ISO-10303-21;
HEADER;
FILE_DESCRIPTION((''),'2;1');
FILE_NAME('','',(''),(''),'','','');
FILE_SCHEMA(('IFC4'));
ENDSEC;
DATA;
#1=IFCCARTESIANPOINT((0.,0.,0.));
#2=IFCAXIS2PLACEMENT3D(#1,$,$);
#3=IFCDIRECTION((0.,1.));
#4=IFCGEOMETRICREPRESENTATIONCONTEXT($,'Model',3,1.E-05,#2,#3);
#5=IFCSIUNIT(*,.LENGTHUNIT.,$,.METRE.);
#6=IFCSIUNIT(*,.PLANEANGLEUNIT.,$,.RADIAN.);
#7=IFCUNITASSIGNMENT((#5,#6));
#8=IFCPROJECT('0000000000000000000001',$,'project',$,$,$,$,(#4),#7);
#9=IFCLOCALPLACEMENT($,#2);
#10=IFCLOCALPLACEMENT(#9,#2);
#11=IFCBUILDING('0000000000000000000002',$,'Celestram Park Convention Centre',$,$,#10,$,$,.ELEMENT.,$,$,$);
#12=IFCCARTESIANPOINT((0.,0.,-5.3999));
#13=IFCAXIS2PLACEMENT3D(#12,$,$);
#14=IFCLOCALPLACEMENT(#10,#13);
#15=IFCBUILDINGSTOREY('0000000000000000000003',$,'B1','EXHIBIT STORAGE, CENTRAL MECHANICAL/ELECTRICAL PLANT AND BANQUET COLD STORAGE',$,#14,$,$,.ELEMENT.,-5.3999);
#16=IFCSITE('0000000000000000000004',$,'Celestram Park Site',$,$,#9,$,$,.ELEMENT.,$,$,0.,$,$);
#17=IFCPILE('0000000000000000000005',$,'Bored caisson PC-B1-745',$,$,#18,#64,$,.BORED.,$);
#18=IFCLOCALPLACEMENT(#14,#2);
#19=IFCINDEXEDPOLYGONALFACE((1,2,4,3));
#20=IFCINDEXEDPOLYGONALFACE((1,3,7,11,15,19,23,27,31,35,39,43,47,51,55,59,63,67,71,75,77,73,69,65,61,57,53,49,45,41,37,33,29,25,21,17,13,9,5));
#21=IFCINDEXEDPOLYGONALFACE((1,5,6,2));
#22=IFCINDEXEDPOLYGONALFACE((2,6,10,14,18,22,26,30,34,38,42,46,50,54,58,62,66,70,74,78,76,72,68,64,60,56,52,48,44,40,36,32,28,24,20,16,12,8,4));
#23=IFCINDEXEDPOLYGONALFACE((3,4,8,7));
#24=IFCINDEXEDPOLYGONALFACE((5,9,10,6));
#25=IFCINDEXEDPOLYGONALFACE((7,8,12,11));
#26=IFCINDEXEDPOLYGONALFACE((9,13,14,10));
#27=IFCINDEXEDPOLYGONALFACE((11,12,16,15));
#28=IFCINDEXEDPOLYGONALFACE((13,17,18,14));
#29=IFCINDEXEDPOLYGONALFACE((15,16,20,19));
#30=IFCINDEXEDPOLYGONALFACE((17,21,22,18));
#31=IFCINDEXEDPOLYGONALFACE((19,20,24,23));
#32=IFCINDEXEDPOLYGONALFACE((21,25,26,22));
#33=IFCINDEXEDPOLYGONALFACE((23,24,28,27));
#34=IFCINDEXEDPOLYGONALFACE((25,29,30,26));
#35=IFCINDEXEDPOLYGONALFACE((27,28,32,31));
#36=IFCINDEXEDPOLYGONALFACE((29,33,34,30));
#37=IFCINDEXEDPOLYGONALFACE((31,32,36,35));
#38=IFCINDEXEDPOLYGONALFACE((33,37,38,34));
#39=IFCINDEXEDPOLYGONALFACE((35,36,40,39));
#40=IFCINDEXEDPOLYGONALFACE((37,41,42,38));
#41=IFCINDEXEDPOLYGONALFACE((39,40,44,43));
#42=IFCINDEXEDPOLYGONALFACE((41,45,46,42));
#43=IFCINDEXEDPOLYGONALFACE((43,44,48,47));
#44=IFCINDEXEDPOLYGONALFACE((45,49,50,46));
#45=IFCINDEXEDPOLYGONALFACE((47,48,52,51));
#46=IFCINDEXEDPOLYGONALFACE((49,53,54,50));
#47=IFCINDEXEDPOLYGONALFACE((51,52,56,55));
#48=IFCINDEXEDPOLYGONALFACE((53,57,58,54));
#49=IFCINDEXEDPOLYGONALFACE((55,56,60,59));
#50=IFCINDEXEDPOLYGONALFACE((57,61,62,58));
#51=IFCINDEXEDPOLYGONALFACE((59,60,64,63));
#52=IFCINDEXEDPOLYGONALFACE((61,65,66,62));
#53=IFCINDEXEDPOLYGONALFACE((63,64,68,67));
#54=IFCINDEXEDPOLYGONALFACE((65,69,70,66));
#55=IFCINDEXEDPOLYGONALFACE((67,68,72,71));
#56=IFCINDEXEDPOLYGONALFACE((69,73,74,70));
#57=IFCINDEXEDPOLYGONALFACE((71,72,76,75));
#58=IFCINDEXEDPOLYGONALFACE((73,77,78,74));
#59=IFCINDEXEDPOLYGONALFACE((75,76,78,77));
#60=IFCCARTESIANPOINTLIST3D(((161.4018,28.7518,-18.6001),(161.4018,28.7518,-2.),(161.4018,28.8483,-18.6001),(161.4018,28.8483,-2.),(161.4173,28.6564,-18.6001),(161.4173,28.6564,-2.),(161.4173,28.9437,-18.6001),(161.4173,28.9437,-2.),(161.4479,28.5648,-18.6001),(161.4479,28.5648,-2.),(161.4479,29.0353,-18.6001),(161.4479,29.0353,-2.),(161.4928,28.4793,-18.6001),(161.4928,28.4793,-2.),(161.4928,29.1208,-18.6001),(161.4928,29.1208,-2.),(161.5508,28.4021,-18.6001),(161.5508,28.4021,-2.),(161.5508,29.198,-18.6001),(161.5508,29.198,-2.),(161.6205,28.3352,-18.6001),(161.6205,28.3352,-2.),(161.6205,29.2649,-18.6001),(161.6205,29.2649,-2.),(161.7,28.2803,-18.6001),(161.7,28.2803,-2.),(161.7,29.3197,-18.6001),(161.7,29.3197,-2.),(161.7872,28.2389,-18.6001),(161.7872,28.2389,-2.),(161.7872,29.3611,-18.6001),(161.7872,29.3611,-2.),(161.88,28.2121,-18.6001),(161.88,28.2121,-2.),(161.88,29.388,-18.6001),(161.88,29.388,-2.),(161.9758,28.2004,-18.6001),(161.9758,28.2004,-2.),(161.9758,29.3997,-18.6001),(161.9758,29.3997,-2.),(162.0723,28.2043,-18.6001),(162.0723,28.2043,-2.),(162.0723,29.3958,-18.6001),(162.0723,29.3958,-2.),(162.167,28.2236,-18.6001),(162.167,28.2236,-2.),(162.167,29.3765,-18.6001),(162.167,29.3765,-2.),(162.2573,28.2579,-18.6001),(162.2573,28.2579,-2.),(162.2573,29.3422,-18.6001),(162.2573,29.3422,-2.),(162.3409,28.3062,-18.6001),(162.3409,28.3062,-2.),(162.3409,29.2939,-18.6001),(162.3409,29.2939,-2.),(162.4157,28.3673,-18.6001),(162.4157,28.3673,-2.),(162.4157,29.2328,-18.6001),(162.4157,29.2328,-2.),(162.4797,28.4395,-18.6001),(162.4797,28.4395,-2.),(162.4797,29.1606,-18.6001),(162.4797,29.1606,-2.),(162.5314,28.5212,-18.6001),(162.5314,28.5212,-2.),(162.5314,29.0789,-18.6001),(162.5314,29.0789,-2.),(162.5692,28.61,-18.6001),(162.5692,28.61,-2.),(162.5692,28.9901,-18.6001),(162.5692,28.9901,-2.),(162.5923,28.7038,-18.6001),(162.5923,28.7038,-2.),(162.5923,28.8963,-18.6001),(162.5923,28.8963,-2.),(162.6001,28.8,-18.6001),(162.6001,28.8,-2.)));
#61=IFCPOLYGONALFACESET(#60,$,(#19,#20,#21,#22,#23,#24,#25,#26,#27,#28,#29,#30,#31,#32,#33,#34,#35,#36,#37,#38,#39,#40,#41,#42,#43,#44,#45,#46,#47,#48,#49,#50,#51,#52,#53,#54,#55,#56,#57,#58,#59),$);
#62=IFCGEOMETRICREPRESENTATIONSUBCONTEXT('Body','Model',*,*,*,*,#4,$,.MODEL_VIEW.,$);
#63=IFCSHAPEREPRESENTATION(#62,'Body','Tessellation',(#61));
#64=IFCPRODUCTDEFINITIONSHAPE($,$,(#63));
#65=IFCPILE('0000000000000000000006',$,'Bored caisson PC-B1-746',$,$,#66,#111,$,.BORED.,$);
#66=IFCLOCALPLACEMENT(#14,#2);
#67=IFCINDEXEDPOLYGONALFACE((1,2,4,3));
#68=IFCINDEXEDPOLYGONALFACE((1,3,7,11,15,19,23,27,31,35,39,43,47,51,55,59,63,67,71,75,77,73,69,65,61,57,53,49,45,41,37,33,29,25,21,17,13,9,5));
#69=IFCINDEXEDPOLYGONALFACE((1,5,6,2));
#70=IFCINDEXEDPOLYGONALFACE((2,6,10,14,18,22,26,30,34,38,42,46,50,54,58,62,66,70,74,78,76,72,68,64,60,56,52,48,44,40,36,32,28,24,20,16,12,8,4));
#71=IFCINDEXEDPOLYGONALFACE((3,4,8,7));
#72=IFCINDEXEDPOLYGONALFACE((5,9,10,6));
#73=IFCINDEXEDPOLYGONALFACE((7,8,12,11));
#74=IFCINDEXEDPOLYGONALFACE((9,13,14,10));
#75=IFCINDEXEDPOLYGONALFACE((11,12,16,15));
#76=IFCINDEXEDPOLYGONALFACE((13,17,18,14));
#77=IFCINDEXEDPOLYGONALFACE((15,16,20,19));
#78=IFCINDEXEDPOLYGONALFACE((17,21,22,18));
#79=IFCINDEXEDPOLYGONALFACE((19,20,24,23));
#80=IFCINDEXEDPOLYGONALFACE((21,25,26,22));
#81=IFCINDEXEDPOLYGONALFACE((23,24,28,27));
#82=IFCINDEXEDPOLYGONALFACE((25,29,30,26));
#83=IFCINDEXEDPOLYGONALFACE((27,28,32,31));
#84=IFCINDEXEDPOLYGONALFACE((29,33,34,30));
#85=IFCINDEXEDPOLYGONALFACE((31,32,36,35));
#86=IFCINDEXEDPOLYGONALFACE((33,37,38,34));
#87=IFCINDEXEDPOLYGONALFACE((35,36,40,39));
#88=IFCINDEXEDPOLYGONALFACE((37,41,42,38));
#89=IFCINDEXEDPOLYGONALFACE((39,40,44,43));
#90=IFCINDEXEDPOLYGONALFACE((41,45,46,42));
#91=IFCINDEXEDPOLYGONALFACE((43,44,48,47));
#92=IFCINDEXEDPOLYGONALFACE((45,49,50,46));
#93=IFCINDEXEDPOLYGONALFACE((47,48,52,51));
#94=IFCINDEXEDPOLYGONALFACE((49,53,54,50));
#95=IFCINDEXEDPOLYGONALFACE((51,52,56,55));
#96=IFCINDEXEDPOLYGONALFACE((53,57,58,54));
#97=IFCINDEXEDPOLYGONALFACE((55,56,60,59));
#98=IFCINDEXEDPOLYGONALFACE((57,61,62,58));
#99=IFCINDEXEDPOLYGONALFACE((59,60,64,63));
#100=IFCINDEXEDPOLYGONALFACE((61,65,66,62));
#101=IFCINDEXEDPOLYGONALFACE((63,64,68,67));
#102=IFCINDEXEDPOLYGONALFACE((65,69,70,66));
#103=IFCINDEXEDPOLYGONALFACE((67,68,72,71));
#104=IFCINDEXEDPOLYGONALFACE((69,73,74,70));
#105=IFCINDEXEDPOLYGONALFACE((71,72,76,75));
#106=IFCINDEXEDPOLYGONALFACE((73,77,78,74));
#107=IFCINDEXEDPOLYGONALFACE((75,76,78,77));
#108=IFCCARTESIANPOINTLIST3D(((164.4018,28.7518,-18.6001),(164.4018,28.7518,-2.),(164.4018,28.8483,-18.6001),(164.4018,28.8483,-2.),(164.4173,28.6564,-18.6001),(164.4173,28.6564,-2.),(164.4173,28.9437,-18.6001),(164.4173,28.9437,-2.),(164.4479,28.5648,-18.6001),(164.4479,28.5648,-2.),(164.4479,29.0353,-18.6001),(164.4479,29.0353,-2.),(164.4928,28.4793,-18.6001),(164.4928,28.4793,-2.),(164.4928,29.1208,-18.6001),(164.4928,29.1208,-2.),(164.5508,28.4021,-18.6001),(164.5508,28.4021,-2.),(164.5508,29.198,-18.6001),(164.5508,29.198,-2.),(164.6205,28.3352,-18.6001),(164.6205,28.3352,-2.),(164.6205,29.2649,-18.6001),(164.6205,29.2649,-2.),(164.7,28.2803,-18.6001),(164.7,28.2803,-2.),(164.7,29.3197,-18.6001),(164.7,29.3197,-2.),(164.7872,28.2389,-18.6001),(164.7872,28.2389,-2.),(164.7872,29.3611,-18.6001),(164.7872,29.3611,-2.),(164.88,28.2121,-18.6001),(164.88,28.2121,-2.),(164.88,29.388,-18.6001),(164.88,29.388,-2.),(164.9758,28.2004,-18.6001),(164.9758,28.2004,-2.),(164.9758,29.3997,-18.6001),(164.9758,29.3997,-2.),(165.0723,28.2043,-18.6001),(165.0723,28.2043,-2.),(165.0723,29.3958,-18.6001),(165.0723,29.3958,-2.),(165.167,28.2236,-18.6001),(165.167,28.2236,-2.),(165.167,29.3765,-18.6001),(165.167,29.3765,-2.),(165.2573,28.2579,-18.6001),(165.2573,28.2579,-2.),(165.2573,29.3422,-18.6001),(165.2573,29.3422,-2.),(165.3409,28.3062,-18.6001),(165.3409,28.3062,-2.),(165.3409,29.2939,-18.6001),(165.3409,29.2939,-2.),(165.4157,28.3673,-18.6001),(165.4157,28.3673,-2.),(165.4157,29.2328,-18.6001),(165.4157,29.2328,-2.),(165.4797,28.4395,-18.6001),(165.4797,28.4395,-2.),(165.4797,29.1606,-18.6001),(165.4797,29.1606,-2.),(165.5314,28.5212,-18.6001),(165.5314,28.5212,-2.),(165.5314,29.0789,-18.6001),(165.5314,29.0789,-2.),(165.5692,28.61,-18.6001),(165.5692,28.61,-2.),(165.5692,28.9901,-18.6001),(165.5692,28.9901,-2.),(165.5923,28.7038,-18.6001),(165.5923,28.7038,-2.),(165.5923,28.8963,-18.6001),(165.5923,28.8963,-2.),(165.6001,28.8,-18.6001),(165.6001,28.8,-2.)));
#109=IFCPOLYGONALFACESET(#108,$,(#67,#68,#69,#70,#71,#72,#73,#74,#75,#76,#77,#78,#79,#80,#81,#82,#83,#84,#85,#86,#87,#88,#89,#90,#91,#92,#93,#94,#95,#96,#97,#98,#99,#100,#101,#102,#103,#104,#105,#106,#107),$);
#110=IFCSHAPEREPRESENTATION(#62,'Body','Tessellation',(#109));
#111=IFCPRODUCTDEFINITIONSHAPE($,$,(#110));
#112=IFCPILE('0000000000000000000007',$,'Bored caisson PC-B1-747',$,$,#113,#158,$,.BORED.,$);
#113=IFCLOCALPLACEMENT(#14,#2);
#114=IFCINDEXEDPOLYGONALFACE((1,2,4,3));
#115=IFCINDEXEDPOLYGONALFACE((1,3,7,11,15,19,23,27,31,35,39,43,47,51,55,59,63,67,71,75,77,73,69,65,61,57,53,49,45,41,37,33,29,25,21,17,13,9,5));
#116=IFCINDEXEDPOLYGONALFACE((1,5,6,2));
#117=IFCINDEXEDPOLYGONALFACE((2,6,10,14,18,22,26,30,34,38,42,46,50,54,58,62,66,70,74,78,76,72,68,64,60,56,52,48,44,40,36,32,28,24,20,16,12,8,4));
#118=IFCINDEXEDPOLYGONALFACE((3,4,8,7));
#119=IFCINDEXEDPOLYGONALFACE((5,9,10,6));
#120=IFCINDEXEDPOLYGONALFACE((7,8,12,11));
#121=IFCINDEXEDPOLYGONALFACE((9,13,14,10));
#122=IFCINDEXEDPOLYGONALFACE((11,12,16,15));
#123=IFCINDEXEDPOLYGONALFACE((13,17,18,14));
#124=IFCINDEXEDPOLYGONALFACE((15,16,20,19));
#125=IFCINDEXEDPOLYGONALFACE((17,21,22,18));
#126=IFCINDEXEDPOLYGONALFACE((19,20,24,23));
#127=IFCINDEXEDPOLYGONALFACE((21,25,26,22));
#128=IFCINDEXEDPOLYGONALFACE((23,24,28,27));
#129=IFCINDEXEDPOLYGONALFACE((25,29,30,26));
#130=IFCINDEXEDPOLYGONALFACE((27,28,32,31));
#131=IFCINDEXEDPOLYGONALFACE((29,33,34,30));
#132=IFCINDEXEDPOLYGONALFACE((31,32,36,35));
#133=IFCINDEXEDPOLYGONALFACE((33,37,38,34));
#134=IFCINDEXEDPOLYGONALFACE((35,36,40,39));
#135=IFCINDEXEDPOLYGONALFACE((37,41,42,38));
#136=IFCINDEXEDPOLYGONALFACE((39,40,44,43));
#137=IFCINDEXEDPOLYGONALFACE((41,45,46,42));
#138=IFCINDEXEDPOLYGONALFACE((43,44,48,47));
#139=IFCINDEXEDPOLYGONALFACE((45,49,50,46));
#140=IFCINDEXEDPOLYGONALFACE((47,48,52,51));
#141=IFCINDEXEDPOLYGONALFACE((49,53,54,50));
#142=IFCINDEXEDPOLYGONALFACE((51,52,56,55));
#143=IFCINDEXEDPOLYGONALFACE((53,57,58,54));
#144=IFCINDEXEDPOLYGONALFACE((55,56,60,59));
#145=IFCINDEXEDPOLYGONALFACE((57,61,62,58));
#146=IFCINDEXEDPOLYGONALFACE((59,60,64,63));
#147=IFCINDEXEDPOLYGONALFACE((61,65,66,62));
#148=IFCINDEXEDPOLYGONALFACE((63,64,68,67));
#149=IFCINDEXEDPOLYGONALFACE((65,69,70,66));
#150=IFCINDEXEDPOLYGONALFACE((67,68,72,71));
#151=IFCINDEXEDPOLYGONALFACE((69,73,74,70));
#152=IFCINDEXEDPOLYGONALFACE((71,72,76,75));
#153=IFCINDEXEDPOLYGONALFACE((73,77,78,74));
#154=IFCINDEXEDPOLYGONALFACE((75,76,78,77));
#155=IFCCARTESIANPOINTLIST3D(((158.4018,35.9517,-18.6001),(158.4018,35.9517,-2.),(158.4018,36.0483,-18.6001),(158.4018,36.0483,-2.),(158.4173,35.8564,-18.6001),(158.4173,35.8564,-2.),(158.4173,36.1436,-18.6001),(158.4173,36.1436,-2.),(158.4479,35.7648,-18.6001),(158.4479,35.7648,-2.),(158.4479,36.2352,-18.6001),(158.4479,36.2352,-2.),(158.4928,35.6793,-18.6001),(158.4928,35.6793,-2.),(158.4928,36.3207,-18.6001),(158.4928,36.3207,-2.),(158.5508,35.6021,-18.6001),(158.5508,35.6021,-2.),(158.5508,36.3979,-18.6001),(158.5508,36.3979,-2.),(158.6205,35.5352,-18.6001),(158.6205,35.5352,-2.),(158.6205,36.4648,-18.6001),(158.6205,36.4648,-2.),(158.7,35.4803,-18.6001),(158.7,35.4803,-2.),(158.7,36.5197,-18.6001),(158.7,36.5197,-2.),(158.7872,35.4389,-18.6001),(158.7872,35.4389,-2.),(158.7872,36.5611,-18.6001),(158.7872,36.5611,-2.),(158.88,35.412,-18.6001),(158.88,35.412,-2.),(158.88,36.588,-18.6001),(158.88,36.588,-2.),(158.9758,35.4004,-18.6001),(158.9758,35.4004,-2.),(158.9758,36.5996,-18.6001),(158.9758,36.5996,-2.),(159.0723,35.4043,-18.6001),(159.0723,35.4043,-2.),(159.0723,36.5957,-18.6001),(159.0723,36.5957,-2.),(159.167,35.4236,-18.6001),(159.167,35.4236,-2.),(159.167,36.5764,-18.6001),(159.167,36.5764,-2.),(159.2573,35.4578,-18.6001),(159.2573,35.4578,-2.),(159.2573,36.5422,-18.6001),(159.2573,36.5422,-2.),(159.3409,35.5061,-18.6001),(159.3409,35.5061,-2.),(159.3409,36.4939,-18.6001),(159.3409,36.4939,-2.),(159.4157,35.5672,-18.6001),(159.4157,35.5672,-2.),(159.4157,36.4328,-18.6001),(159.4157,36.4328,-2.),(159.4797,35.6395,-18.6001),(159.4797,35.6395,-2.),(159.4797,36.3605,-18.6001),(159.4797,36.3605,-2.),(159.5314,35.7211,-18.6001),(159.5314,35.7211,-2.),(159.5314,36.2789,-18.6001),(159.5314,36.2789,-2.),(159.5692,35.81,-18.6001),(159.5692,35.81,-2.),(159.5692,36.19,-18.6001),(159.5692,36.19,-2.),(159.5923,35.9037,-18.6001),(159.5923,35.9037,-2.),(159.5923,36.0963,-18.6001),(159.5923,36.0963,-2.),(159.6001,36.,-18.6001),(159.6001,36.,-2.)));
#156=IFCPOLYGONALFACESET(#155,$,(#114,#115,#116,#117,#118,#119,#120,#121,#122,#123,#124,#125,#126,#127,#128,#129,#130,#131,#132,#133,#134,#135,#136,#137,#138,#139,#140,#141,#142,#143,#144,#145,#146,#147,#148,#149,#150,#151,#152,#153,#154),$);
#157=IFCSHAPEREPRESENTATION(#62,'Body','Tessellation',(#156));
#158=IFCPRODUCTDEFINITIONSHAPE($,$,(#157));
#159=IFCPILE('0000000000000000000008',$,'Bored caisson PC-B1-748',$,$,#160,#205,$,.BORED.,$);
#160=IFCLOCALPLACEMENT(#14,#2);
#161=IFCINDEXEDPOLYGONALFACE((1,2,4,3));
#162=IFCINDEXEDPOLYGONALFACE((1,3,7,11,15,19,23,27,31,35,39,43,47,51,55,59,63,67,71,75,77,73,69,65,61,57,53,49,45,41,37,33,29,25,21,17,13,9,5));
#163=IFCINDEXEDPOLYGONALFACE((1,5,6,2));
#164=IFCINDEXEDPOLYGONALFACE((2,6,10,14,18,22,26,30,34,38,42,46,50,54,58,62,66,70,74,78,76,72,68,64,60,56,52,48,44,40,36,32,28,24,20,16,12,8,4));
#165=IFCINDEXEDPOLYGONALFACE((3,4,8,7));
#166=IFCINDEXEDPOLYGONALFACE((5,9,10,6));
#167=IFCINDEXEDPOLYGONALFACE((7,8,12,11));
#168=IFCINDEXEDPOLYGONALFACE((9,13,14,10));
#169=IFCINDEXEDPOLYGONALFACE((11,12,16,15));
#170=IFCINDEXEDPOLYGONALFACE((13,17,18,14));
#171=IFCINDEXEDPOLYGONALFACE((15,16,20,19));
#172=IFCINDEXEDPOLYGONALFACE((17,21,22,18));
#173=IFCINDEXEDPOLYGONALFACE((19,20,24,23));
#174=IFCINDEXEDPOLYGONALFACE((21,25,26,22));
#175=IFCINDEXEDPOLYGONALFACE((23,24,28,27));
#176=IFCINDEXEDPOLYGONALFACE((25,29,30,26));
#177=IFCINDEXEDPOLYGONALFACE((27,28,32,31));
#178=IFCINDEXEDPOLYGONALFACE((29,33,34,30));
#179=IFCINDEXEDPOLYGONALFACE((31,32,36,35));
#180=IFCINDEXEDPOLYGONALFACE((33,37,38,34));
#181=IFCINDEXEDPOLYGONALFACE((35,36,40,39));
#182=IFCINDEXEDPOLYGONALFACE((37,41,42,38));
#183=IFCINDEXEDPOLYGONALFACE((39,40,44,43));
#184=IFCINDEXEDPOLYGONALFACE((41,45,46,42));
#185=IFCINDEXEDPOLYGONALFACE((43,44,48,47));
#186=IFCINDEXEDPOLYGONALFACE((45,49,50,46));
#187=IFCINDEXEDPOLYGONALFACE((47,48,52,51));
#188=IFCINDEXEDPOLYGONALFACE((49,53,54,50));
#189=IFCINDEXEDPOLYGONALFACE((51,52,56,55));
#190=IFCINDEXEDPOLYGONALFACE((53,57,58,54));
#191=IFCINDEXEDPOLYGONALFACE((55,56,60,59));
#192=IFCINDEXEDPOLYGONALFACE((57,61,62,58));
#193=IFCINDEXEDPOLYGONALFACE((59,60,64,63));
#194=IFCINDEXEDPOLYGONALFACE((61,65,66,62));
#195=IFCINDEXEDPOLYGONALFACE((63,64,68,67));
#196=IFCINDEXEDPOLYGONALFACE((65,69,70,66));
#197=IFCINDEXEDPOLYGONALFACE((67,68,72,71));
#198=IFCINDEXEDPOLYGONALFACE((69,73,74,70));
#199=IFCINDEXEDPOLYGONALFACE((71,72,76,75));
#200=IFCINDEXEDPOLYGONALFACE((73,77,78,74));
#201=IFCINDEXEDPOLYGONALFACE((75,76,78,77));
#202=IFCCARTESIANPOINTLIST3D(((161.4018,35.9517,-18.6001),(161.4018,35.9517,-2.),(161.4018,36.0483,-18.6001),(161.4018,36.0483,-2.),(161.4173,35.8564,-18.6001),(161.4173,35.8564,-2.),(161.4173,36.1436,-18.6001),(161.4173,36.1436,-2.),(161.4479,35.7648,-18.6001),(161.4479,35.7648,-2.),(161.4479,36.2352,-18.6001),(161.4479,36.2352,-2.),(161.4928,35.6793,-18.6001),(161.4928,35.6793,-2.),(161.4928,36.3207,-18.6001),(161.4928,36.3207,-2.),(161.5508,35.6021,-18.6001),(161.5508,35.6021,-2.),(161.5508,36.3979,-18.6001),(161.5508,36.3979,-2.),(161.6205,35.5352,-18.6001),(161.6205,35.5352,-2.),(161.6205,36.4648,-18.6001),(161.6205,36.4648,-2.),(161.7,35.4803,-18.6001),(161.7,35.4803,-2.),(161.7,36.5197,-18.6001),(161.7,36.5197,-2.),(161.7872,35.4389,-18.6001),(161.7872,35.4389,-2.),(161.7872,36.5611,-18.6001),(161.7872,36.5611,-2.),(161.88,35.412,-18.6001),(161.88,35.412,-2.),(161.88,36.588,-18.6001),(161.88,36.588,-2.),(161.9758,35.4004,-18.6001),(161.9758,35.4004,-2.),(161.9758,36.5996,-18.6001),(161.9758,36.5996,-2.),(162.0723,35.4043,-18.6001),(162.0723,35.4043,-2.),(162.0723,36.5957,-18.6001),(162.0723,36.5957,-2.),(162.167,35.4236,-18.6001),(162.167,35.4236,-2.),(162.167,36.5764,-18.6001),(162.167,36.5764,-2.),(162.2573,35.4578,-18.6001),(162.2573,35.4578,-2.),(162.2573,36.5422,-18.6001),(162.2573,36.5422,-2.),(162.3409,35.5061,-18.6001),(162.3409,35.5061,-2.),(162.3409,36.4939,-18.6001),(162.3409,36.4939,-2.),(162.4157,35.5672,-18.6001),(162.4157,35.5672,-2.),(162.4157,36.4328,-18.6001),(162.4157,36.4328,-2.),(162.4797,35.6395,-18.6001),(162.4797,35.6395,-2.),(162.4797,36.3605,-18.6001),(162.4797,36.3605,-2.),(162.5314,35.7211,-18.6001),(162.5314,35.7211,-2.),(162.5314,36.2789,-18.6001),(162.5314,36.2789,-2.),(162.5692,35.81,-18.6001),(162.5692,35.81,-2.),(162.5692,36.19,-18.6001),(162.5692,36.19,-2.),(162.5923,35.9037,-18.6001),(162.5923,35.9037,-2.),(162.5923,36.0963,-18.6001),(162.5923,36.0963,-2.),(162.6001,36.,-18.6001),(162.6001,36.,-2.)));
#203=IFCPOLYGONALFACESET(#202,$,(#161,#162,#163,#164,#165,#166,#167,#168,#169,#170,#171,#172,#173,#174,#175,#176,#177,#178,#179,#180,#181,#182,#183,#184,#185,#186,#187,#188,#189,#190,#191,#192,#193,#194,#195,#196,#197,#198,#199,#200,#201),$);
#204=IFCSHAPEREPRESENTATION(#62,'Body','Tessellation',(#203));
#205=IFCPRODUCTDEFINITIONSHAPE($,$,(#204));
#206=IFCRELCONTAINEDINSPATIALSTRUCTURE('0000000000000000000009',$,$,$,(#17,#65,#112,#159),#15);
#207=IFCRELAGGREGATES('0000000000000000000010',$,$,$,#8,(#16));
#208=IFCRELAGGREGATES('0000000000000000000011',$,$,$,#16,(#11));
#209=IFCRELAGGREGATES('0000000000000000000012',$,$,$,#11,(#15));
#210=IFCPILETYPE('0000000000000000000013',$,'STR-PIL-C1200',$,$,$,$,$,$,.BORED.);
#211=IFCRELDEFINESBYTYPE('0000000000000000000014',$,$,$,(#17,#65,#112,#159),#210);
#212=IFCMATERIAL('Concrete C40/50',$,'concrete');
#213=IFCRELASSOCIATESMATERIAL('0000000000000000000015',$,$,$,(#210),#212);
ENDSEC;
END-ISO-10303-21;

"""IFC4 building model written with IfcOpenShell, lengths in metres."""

from ifc_helpers import new_model, si_unit, direction, frame, origin, origin_2d, place, context, subcontext, project, spatial, circle, extrude, material, material_profile, profile_set, type_object, element, save


model = new_model("IFC4")

# Units and contexts
model_context = context("Model", 3, precision=1e-05, world=origin(), true_north=direction((0.0, 1.0)))
body_context = subcontext(model_context, "Body", "Model", "MODEL_VIEW")
ifc_project = project(units=[si_unit("LENGTHUNIT", "METRE"), si_unit("PLANEANGLEUNIT", "RADIAN")], contexts=[model_context])

# Site, building, storey
site_placement = place(None, origin())
site = spatial("IfcSite", under=ifc_project, at=site_placement, Name="Celestram Park Site", CompositionType="ELEMENT", RefElevation=0.0)
building_placement = place(site_placement, origin())
building = spatial("IfcBuilding", under=site, at=building_placement, Name="Celestram Park Convention Centre", CompositionType="ELEMENT")
storey_placement = place(building_placement, frame((0.0, 0.0, -5.3999)))
storey = spatial("IfcBuildingStorey", under=building, at=storey_placement, Name="B1", Description="EXHIBIT STORAGE, CENTRAL MECHANICAL/ELECTRICAL PLANT AND BANQUET COLD STORAGE", CompositionType="ELEMENT", Elevation=-5.3999)

# Shared definitions
ifc_material_1 = material(Name="Concrete C40/50", Category="concrete")

# Piles
ifc_material_profile_1 = material_profile(ifc_material_1, circle(Radius=0.6001, at=origin_2d()), Name="CAISSON1200")
ifc_profile_set_1 = profile_set([ifc_material_profile_1], Name="Concrete C40/50")
pile_type_1 = type_object("IfcPileType", Name="STR-PIL-C1200", PredefinedType="BORED", material=ifc_profile_set_1)
for number, where, z_axis, x_axis, name in (
    (1, (162.0, 28.8, -2.0), (0.0, 0.0, -1.0), (1.0, 0.0, 0.0), "Bored caisson PC-B1-745"),
    (2, (165.0, 28.8, -2.0), (0.0, 0.0, -1.0), (1.0, 0.0, 0.0), "Bored caisson PC-B1-746"),
    (3, (159.0, 36.0, -2.0), (0.0, 0.0, -1.0), (1.0, 0.0, 0.0), "Bored caisson PC-B1-747"),
    (4, (162.0, 36.0, -2.0), (0.0, 0.0, -1.0), (1.0, 0.0, 0.0), "Bored caisson PC-B1-748"),
):
    element("IfcPile", number, at=place(storey_placement, frame(where, z_axis=z_axis, x_axis=x_axis)), inside=storey, type_object=pile_type_1, Name=name, PredefinedType="BORED", context=body_context, shape_type="SweptSolid", body=[
        extrude(circle(Radius=0.6001, at=origin_2d()), origin(), (0.0, 0.0, 1.0), 16.6001),
    ])

save(model, "model.ifc")
